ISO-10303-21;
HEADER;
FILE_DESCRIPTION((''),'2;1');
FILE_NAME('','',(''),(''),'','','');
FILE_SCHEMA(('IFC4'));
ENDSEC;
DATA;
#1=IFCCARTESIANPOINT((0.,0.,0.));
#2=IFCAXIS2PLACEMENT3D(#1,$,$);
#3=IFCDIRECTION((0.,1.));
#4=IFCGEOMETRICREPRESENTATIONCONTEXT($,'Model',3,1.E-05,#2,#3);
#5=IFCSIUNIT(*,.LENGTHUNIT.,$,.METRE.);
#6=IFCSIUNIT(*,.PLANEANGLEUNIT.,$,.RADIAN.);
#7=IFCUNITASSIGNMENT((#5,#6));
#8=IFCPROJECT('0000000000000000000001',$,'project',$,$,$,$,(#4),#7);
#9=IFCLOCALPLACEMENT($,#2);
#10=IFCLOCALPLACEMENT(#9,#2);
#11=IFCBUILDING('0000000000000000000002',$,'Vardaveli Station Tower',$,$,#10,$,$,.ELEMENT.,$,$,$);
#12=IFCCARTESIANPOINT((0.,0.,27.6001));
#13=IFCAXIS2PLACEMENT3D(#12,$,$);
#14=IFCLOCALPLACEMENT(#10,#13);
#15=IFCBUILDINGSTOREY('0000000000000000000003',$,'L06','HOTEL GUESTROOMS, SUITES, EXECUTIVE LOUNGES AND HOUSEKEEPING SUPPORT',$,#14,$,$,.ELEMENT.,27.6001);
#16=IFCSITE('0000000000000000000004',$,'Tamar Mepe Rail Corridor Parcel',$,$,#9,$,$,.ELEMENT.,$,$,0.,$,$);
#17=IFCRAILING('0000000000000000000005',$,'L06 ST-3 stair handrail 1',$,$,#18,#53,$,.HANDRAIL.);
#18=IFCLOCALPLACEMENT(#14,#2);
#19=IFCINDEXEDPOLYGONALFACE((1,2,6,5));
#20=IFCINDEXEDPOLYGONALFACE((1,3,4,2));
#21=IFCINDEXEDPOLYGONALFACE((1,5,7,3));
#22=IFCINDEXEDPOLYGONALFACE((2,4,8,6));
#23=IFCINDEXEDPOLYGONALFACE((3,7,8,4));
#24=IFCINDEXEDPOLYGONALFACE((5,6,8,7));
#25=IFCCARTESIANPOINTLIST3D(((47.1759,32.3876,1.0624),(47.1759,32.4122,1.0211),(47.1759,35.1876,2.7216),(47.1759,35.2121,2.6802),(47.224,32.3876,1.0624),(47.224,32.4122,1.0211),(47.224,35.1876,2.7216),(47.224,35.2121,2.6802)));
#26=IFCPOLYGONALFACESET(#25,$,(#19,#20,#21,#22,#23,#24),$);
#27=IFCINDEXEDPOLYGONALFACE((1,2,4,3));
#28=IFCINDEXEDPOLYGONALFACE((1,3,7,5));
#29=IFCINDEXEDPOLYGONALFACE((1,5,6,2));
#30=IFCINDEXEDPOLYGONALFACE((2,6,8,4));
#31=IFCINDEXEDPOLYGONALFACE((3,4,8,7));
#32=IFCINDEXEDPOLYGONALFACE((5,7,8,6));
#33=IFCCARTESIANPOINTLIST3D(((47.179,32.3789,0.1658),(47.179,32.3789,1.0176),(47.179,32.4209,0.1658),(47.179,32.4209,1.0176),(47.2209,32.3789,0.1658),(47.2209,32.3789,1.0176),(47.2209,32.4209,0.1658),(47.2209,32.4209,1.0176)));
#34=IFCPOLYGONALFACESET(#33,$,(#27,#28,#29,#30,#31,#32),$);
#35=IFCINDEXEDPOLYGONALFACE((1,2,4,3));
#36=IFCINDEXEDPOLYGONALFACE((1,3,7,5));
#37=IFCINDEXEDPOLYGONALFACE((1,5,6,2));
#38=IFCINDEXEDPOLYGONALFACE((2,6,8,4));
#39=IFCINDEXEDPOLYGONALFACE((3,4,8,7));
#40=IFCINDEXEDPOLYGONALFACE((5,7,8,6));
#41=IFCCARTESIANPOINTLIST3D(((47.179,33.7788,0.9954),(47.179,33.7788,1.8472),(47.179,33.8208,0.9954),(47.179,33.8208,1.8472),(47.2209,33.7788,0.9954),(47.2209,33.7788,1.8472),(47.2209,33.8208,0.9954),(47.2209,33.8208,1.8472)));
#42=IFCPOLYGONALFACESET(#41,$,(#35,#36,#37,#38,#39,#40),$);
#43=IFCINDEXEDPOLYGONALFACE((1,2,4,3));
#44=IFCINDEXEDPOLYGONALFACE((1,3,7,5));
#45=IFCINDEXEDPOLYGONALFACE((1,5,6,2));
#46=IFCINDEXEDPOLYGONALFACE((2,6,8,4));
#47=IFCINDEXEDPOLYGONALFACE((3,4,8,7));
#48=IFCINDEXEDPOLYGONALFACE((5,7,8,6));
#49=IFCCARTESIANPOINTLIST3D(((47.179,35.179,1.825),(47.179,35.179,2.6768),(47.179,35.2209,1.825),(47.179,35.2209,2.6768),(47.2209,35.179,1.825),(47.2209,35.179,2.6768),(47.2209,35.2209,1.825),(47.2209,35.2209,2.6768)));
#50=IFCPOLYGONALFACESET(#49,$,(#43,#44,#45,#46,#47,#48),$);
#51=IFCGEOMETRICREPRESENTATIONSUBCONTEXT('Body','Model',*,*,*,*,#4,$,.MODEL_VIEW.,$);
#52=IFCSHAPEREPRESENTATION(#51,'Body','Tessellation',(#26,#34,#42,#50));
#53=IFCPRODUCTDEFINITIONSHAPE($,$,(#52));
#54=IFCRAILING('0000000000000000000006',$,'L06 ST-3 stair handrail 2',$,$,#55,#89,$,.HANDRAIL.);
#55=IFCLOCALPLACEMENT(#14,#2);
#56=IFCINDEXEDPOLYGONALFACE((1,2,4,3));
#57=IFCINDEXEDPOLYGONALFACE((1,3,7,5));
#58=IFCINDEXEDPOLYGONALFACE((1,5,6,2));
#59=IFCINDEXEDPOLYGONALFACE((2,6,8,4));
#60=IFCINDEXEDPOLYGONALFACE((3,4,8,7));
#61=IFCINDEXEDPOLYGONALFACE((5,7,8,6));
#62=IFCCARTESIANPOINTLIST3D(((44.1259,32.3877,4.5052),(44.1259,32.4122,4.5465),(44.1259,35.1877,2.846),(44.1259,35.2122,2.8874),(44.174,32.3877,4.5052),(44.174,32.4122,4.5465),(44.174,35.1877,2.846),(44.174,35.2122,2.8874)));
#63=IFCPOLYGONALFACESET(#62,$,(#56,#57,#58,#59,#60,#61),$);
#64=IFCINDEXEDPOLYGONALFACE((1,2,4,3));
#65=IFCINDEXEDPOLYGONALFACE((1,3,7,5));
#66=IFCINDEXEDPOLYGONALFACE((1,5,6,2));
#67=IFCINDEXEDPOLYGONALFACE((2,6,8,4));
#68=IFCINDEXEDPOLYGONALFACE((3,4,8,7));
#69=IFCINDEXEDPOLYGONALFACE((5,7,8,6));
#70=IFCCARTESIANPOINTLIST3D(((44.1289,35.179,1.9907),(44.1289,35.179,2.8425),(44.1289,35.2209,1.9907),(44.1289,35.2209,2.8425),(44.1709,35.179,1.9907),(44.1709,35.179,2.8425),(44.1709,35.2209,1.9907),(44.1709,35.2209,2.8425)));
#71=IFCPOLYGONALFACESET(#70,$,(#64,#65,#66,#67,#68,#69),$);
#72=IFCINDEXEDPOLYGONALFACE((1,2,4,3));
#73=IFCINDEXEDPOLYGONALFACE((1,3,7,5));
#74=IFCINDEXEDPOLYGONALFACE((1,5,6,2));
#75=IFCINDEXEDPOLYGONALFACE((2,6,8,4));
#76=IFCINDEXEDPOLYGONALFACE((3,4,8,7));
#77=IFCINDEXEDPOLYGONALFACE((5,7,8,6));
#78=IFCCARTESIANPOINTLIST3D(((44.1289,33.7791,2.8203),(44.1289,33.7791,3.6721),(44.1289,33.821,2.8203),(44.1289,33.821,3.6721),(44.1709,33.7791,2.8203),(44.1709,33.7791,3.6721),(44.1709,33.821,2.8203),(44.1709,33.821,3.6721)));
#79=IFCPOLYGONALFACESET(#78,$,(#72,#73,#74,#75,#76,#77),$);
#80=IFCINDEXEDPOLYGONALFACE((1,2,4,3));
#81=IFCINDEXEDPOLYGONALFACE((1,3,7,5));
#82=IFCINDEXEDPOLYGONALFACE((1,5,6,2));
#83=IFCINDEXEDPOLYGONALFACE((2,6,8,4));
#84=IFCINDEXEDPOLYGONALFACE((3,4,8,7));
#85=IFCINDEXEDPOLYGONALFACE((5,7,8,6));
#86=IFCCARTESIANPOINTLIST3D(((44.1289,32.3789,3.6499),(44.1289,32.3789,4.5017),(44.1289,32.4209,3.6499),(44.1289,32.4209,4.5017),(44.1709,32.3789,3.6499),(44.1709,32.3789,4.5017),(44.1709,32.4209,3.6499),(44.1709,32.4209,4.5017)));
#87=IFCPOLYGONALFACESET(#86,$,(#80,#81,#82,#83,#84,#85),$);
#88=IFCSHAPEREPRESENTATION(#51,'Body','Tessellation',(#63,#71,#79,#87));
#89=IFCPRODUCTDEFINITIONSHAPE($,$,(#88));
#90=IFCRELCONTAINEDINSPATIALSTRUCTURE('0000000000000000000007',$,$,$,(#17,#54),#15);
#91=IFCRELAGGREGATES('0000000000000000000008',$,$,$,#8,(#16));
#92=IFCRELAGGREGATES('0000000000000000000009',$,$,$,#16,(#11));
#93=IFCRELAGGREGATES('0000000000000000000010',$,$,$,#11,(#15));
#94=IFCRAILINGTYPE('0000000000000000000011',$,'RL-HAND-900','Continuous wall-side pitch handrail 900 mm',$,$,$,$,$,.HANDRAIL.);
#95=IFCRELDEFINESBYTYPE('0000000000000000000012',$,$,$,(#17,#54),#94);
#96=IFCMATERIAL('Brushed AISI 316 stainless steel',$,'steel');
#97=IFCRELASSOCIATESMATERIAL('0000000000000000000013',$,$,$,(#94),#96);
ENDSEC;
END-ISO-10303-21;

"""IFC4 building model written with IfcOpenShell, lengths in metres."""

from ifc_helpers import new_model, si_unit, direction, frame, origin, origin_2d, place, context, subcontext, project, spatial, rectangle, extrude, source, transform, mapped, material, type_object, element, save


model = new_model("IFC4")

# Units and contexts
model_context = context("Model", 3, precision=1e-05, world=origin(), true_north=direction((0.0, 1.0)))
body_context = subcontext(model_context, "Body", "Model", "MODEL_VIEW")
ifc_project = project(units=[si_unit("LENGTHUNIT", "METRE"), si_unit("PLANEANGLEUNIT", "RADIAN")], contexts=[model_context])

# Site, building, storey
site_placement = place(None, origin())
site = spatial("IfcSite", under=ifc_project, at=site_placement, Name="Tamar Mepe Rail Corridor Parcel", CompositionType="ELEMENT", RefElevation=0.0)
building_placement = place(site_placement, origin())
building = spatial("IfcBuilding", under=site, at=building_placement, Name="Vardaveli Station Tower", CompositionType="ELEMENT")
storey_placement = place(building_placement, frame((0.0, 0.0, 27.6001)))
storey = spatial("IfcBuildingStorey", under=building, at=storey_placement, Name="L06", Description="HOTEL GUESTROOMS, SUITES, EXECUTIVE LOUNGES AND HOUSEKEEPING SUPPORT", CompositionType="ELEMENT", Elevation=27.6001)

# Railings
ifc_material_1 = material(Name="Brushed AISI 316 stainless steel", Category="steel")
railing_type_1 = type_object("IfcRailingType", Name="RL-HAND-900", Description="Continuous wall-side pitch handrail 900 mm", PredefinedType="HANDRAIL", material=ifc_material_1)
shared_shape_1 = source(origin(), body_context, "Body", "SweptSolid", [
    extrude(rectangle(XDim=0.0481, YDim=0.0481, at=origin_2d()), frame((0.0, 0.0, 0.876), z_axis=(0.0, 0.860306, 0.509778), x_axis=(-1.0, 0.0, 0.0)), (0.0, 0.0, 1.0), 3.2546),
    extrude(rectangle(XDim=0.042, YDim=0.042, at=origin_2d()), origin(), (0.0, 0.0, 1.0), 0.8518),
    extrude(rectangle(XDim=0.042, YDim=0.042, at=origin_2d()), frame((0.0, 1.3999, 0.8296)), (0.0, 0.0, 1.0), 0.8518),
    extrude(rectangle(XDim=0.042, YDim=0.042, at=origin_2d()), frame((0.0, 2.8, 1.6592)), (0.0, 0.0, 1.0), 0.8518),
])
railing_1_placement = place(storey_placement, frame((47.2, 32.3999, 0.1658)))
element("IfcRailing", 1, at=railing_1_placement, inside=storey, type_object=railing_type_1, Name="L06 ST-3 stair handrail 1", PredefinedType="HANDRAIL", context=body_context, shape_type="MappedRepresentation", body=[
    mapped(shared_shape_1, transform((0.0, 0.0, 0.0), scale=1.0)),
])
shared_shape_2 = source(origin(), body_context, "Body", "SweptSolid", [
    extrude(rectangle(XDim=0.0481, YDim=0.0481, at=origin_2d()), frame((0.0, 0.0, 0.876), z_axis=(0.0, -0.860306, 0.509778), x_axis=(1.0, 0.0, 0.0)), (0.0, 0.0, 1.0), 3.2546),
    extrude(rectangle(XDim=0.042, YDim=0.042, at=origin_2d()), origin(), (0.0, 0.0, 1.0), 0.8518),
    extrude(rectangle(XDim=0.042, YDim=0.042, at=origin_2d()), frame((0.0, -1.3999, 0.8296)), (0.0, 0.0, 1.0), 0.8518),
    extrude(rectangle(XDim=0.042, YDim=0.042, at=origin_2d()), frame((0.0, -2.8, 1.6592)), (0.0, 0.0, 1.0), 0.8518),
])
railing_2_placement = place(storey_placement, frame((44.1499, 35.2, 1.9907)))
element("IfcRailing", 2, at=railing_2_placement, inside=storey, type_object=railing_type_1, Name="L06 ST-3 stair handrail 2", PredefinedType="HANDRAIL", context=body_context, shape_type="MappedRepresentation", body=[
    mapped(shared_shape_2, transform((0.0, 0.0, 0.0), scale=1.0)),
])

save(model, "model.ifc")
